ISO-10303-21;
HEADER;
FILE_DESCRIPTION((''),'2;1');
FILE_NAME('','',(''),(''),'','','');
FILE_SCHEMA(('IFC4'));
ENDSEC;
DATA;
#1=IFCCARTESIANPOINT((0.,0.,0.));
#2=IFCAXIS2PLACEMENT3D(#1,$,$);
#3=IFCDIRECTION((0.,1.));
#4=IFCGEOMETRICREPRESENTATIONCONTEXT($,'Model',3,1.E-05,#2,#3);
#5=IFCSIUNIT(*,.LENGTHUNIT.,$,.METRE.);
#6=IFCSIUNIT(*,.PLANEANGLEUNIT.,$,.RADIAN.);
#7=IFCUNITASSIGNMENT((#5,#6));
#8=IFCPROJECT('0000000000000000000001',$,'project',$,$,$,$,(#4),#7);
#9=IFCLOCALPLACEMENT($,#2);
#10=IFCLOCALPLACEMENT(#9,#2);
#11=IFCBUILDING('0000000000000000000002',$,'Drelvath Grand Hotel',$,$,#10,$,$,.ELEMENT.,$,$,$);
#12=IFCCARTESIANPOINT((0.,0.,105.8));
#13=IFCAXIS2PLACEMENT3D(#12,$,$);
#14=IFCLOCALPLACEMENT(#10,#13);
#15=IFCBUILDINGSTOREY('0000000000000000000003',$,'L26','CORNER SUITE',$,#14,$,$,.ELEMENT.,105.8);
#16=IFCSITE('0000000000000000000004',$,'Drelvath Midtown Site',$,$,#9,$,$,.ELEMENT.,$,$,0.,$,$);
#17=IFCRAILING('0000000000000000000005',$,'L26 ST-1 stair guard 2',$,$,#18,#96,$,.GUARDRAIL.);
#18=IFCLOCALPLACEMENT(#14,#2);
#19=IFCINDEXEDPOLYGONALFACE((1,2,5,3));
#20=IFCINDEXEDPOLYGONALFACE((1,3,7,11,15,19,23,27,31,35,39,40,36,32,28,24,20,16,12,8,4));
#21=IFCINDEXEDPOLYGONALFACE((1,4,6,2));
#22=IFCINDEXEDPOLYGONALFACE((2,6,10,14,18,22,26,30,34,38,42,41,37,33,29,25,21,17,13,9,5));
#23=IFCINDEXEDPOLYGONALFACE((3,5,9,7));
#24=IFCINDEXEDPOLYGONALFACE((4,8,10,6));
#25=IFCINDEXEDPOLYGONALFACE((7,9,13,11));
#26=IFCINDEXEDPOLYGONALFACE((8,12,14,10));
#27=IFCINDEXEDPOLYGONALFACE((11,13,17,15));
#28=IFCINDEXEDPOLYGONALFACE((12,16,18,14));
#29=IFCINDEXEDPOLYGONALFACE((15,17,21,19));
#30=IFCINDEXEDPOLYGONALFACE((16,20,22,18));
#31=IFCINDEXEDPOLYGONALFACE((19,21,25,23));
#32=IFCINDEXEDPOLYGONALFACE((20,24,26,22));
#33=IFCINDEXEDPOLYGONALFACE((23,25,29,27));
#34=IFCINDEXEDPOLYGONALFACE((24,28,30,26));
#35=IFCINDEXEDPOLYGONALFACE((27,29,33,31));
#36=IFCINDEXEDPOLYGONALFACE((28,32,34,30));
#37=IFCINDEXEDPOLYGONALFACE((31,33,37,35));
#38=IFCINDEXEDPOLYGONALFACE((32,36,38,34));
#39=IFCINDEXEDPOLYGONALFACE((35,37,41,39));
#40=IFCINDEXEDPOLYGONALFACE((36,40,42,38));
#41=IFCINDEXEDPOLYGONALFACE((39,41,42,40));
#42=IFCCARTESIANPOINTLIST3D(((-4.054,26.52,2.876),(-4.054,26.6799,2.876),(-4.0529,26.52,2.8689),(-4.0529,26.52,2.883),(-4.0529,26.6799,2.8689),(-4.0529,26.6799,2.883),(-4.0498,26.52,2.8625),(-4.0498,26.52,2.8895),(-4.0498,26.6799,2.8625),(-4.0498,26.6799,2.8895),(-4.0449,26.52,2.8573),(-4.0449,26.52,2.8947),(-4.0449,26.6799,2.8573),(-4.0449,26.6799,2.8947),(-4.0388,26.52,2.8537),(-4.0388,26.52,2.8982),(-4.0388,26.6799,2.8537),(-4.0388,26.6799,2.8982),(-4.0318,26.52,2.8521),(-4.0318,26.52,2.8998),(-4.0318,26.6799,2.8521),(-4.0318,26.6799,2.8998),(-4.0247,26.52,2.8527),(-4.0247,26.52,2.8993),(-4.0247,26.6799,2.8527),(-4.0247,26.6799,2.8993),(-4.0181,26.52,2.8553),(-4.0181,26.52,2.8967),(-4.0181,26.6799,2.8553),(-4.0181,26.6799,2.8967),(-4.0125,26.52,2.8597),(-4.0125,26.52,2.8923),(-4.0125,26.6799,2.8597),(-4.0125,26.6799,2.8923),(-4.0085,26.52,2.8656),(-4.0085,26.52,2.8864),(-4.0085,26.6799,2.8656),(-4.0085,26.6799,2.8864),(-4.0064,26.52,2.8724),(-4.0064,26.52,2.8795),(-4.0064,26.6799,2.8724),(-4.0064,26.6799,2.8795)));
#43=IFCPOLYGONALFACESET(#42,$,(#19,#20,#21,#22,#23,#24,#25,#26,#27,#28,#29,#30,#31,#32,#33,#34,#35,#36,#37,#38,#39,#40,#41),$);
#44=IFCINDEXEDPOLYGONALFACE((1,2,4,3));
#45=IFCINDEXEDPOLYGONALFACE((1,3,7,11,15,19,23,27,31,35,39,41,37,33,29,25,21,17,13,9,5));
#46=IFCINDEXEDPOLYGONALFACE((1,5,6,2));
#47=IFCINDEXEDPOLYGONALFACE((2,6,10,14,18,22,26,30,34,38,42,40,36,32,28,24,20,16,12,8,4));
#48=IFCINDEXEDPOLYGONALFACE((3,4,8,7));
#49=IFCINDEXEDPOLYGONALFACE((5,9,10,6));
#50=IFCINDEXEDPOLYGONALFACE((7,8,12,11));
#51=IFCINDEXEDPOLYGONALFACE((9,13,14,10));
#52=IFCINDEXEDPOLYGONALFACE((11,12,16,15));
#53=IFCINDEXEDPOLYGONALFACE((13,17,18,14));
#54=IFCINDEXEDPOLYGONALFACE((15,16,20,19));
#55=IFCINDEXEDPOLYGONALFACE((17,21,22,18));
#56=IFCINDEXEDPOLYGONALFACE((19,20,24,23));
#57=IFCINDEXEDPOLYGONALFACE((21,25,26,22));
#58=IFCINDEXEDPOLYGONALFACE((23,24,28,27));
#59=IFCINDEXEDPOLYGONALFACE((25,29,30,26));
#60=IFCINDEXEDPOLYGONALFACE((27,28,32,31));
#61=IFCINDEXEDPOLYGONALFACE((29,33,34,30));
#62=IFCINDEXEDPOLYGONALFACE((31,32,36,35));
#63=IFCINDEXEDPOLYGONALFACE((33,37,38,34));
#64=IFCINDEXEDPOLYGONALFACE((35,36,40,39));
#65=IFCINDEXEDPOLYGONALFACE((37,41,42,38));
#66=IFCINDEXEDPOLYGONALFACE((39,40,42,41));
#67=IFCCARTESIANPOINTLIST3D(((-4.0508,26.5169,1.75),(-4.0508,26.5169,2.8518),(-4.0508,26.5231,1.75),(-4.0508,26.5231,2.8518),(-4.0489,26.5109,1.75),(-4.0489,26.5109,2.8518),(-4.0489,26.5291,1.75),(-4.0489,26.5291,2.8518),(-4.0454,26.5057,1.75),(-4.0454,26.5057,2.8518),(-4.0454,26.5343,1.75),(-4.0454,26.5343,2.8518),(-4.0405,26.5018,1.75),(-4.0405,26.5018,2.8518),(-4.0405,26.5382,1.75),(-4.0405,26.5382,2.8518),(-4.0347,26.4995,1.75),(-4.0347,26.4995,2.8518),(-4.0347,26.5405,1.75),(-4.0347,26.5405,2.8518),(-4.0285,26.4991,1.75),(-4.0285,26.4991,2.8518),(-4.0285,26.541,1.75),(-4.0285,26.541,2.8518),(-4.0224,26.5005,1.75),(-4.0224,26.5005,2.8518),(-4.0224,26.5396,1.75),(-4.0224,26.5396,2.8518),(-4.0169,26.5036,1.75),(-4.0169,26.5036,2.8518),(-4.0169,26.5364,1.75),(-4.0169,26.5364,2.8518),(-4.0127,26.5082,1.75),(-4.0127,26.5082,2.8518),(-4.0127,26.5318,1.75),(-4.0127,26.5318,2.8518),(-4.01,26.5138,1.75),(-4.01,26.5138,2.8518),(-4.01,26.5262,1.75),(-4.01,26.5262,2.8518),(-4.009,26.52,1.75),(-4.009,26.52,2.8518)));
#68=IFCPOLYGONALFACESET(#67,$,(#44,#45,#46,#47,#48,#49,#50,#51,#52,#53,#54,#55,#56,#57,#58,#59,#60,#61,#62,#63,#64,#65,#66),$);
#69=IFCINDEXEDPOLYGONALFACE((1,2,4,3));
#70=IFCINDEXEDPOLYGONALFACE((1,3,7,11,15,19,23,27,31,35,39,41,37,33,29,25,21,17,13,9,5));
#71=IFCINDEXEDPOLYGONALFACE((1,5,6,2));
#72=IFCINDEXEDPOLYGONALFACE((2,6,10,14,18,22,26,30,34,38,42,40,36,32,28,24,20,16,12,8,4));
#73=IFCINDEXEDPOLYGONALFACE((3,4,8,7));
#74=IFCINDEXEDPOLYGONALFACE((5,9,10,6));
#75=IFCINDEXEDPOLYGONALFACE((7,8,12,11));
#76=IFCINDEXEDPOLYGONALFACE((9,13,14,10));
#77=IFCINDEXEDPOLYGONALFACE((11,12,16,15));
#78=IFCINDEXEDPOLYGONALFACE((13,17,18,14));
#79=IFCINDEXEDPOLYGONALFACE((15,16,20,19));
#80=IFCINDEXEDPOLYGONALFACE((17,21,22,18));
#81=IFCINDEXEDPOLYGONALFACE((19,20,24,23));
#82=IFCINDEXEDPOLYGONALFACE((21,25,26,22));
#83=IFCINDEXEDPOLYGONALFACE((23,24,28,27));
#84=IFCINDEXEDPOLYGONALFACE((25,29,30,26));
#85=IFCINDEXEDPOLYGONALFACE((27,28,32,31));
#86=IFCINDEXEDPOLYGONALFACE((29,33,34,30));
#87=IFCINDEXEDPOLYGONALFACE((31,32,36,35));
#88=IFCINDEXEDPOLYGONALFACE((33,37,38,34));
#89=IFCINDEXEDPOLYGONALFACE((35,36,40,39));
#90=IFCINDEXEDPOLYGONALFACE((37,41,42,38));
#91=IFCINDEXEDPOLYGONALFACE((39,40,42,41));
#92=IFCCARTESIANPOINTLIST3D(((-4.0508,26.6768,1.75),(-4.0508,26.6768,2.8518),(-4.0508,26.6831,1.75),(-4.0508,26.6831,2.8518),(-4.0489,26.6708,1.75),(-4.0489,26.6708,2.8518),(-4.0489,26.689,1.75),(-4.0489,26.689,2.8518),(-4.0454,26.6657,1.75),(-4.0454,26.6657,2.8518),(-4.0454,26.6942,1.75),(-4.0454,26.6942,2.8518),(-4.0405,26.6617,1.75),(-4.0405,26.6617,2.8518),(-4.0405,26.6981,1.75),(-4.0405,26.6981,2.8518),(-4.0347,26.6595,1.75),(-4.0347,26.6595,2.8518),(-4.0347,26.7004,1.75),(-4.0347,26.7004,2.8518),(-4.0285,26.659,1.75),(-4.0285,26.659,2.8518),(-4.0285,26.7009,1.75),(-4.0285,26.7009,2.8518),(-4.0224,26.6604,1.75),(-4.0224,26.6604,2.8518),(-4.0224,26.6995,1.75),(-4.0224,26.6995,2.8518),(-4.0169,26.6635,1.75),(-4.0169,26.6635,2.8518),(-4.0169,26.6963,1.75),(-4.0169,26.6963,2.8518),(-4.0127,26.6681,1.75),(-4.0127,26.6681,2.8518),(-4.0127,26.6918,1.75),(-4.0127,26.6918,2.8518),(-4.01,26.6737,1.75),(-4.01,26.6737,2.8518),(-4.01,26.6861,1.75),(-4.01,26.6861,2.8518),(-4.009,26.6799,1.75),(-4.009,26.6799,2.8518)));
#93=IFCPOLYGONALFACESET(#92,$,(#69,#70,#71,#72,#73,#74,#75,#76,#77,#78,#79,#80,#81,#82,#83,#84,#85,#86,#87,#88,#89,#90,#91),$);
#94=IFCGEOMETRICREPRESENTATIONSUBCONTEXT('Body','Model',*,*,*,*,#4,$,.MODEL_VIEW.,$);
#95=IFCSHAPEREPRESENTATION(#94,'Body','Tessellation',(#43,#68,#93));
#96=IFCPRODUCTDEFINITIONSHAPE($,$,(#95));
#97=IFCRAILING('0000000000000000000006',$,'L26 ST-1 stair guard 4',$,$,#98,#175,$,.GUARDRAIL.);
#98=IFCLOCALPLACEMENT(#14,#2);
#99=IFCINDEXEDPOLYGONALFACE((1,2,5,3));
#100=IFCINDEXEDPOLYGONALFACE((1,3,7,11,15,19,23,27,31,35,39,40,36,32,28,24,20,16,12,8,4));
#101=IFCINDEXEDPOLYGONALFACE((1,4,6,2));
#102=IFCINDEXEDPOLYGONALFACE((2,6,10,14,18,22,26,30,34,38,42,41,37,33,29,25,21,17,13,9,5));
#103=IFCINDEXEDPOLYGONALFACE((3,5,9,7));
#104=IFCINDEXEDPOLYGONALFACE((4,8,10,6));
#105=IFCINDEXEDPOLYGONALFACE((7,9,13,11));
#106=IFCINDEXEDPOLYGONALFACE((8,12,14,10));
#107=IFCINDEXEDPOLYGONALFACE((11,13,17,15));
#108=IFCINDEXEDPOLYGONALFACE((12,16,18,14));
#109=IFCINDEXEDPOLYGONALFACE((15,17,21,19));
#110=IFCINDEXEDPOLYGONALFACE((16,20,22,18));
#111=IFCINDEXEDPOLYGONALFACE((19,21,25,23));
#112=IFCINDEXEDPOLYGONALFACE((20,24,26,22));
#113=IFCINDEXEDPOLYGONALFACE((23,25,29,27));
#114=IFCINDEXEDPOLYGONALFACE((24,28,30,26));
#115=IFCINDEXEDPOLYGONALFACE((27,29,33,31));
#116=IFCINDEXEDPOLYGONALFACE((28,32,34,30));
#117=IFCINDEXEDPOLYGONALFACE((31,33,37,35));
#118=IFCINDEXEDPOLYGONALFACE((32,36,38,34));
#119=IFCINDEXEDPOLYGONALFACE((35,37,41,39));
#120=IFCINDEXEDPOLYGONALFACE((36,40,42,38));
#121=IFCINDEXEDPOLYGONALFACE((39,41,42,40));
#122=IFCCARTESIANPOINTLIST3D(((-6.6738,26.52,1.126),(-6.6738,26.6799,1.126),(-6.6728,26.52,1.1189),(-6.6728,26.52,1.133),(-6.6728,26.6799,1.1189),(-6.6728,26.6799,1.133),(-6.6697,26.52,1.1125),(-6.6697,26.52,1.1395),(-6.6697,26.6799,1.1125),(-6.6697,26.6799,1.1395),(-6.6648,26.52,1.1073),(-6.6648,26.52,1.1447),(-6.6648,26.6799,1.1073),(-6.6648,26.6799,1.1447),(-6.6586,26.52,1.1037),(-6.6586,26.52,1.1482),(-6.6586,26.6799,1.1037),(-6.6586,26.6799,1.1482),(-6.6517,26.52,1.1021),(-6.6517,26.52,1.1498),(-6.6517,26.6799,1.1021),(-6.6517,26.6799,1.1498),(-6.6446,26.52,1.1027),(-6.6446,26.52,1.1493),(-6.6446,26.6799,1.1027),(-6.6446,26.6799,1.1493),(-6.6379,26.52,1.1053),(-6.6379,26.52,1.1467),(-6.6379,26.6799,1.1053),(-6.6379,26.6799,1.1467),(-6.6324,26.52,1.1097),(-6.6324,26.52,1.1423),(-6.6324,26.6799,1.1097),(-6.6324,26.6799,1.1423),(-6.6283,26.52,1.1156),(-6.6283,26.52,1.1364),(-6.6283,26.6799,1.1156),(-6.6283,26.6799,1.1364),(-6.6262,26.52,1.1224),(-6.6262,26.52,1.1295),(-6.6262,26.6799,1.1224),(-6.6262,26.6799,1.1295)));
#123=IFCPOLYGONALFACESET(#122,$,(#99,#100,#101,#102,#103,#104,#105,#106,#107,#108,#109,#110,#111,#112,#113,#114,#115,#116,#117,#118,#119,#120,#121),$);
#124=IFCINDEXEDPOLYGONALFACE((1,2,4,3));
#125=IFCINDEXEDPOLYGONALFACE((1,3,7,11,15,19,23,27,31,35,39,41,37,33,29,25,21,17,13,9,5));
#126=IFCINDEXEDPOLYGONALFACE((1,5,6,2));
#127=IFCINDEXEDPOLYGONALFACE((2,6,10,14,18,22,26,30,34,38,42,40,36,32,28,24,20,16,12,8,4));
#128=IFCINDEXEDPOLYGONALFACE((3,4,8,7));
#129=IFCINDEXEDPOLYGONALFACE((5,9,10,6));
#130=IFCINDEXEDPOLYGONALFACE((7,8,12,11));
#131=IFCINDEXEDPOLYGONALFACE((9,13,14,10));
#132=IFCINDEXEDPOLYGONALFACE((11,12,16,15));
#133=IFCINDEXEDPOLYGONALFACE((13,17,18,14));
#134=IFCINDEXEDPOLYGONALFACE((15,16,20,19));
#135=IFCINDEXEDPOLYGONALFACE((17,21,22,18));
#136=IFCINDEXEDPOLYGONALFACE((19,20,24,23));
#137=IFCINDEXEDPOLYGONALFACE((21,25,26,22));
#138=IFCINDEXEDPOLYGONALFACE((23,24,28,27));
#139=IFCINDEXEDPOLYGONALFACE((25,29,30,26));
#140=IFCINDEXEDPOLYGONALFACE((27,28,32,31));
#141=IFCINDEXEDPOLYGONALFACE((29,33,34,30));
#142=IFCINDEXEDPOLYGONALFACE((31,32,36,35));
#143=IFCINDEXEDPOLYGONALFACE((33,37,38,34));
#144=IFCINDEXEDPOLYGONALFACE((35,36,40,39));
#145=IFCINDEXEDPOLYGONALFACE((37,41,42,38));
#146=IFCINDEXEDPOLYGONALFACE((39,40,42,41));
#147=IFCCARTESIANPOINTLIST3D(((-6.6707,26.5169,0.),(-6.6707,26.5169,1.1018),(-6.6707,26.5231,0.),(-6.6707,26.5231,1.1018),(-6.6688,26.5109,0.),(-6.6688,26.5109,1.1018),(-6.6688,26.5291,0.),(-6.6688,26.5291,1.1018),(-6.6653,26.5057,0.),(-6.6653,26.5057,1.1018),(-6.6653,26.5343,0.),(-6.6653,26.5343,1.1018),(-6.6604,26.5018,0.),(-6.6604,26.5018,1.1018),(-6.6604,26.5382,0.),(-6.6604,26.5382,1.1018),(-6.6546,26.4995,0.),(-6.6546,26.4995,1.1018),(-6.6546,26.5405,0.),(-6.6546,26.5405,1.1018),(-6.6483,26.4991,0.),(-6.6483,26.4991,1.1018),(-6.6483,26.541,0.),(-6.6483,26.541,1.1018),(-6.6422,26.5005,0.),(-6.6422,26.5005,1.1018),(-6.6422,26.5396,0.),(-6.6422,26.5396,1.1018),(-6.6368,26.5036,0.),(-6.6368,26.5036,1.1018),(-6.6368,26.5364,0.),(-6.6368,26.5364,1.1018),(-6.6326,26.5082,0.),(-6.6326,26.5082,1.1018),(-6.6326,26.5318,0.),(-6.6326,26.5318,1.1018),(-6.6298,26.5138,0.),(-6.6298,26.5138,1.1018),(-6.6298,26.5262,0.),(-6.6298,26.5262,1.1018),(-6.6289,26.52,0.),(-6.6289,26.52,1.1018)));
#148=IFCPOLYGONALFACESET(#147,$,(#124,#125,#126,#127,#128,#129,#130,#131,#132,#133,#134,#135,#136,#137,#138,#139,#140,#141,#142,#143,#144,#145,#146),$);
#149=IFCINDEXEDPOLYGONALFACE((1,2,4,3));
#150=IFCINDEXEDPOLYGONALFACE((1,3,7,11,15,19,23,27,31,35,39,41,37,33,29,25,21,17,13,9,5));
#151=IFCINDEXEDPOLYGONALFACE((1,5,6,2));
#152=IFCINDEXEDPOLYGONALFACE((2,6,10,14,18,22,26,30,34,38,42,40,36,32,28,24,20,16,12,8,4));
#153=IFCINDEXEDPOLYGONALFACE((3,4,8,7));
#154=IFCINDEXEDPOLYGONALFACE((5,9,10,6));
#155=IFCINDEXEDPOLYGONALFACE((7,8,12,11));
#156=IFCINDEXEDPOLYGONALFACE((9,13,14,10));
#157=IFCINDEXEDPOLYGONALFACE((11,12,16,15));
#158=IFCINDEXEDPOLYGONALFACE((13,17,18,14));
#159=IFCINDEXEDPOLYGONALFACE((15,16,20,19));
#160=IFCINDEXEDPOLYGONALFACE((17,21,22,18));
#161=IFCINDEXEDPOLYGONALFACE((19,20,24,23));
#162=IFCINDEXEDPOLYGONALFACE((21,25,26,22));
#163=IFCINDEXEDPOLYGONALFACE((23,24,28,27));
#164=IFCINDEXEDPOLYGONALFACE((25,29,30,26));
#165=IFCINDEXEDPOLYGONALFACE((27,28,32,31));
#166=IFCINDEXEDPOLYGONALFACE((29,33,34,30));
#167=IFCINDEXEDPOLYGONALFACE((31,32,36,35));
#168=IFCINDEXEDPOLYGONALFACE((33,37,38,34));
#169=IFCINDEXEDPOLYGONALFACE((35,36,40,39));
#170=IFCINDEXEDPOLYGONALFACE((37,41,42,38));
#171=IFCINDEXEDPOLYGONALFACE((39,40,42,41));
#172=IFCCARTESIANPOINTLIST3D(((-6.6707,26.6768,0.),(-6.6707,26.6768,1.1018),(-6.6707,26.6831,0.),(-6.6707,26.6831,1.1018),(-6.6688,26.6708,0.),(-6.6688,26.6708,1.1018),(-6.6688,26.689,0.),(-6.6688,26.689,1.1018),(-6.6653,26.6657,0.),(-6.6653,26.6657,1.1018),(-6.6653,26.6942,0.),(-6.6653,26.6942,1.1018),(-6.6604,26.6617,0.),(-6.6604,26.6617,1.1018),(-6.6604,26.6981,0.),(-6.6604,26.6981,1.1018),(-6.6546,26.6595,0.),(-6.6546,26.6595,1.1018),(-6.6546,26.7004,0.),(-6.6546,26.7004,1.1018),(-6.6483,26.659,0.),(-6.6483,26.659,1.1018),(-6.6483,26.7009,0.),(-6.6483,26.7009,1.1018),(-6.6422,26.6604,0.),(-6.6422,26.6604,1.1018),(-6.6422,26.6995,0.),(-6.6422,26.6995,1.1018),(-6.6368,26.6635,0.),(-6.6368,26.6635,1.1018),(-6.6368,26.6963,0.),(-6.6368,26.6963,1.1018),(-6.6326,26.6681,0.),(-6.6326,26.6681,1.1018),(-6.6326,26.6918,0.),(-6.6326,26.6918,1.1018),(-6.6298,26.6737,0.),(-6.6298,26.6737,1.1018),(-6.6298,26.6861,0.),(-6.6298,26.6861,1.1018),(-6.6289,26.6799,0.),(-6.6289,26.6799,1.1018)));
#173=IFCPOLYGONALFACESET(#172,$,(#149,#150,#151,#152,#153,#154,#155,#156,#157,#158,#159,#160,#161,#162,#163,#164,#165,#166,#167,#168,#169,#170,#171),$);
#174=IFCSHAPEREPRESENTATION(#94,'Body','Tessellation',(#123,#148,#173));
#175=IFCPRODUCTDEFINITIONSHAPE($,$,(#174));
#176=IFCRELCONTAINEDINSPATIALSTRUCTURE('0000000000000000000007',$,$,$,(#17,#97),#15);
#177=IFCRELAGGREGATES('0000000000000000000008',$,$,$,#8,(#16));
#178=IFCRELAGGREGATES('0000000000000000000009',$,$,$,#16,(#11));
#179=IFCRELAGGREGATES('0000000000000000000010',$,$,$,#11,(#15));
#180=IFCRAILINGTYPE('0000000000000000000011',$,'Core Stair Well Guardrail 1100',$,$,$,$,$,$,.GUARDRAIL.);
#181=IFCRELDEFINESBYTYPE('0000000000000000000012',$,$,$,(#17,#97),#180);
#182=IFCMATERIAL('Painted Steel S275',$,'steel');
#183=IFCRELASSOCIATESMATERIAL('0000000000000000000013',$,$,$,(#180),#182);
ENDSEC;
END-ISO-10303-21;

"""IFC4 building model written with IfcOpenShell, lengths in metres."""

from ifc_helpers import new_model, si_unit, direction, frame, origin, origin_2d, place, context, subcontext, project, spatial, circle, extrude, material, type_object, element, save


model = new_model("IFC4")

# Units and contexts
model_context = context("Model", 3, precision=1e-05, world=origin(), true_north=direction((0.0, 1.0)))
body_context = subcontext(model_context, "Body", "Model", "MODEL_VIEW")
ifc_project = project(units=[si_unit("LENGTHUNIT", "METRE"), si_unit("PLANEANGLEUNIT", "RADIAN")], contexts=[model_context])

# Site, building, storey
site_placement = place(None, origin())
site = spatial("IfcSite", under=ifc_project, at=site_placement, Name="Drelvath Midtown Site", CompositionType="ELEMENT", RefElevation=0.0)
building_placement = place(site_placement, origin())
building = spatial("IfcBuilding", under=site, at=building_placement, Name="Drelvath Grand Hotel", CompositionType="ELEMENT")
storey_placement = place(building_placement, frame((0.0, 0.0, 105.8)))
storey = spatial("IfcBuildingStorey", under=building, at=storey_placement, Name="L26", Description="CORNER SUITE", CompositionType="ELEMENT", Elevation=105.8)

# Shared definitions
ifc_material_1 = material(Name="Painted Steel S275", Category="steel")

# Railings
railing_type_1 = type_object("IfcRailingType", Name="Core Stair Well Guardrail 1100", PredefinedType="GUARDRAIL", material=ifc_material_1)
for number, where, name in (
    (1, (-4.03, 26.52, 1.75), "L26 ST-1 stair guard 2"),
    (2, (-6.6499, 26.52, 0.0), "L26 ST-1 stair guard 4"),
):
    element("IfcRailing", number, at=place(storey_placement, frame(where)), inside=storey, type_object=railing_type_1, Name=name, PredefinedType="GUARDRAIL", context=body_context, shape_type="SweptSolid", body=[
        extrude(circle(Radius=0.0239, at=origin_2d()), frame((0.0, 0.0, 1.126), z_axis=(0.0, 1.0, 0.0), x_axis=(-1.0, 0.0, 0.0)), (0.0, 0.0, 1.0), 0.1599),
        extrude(circle(Radius=0.021, at=origin_2d()), origin(), (0.0, 0.0, 1.0), 1.1018),
        extrude(circle(Radius=0.021, at=origin_2d()), frame((0.0, 0.1599, 0.0)), (0.0, 0.0, 1.0), 1.1018),
    ])

save(model, "model.ifc")
